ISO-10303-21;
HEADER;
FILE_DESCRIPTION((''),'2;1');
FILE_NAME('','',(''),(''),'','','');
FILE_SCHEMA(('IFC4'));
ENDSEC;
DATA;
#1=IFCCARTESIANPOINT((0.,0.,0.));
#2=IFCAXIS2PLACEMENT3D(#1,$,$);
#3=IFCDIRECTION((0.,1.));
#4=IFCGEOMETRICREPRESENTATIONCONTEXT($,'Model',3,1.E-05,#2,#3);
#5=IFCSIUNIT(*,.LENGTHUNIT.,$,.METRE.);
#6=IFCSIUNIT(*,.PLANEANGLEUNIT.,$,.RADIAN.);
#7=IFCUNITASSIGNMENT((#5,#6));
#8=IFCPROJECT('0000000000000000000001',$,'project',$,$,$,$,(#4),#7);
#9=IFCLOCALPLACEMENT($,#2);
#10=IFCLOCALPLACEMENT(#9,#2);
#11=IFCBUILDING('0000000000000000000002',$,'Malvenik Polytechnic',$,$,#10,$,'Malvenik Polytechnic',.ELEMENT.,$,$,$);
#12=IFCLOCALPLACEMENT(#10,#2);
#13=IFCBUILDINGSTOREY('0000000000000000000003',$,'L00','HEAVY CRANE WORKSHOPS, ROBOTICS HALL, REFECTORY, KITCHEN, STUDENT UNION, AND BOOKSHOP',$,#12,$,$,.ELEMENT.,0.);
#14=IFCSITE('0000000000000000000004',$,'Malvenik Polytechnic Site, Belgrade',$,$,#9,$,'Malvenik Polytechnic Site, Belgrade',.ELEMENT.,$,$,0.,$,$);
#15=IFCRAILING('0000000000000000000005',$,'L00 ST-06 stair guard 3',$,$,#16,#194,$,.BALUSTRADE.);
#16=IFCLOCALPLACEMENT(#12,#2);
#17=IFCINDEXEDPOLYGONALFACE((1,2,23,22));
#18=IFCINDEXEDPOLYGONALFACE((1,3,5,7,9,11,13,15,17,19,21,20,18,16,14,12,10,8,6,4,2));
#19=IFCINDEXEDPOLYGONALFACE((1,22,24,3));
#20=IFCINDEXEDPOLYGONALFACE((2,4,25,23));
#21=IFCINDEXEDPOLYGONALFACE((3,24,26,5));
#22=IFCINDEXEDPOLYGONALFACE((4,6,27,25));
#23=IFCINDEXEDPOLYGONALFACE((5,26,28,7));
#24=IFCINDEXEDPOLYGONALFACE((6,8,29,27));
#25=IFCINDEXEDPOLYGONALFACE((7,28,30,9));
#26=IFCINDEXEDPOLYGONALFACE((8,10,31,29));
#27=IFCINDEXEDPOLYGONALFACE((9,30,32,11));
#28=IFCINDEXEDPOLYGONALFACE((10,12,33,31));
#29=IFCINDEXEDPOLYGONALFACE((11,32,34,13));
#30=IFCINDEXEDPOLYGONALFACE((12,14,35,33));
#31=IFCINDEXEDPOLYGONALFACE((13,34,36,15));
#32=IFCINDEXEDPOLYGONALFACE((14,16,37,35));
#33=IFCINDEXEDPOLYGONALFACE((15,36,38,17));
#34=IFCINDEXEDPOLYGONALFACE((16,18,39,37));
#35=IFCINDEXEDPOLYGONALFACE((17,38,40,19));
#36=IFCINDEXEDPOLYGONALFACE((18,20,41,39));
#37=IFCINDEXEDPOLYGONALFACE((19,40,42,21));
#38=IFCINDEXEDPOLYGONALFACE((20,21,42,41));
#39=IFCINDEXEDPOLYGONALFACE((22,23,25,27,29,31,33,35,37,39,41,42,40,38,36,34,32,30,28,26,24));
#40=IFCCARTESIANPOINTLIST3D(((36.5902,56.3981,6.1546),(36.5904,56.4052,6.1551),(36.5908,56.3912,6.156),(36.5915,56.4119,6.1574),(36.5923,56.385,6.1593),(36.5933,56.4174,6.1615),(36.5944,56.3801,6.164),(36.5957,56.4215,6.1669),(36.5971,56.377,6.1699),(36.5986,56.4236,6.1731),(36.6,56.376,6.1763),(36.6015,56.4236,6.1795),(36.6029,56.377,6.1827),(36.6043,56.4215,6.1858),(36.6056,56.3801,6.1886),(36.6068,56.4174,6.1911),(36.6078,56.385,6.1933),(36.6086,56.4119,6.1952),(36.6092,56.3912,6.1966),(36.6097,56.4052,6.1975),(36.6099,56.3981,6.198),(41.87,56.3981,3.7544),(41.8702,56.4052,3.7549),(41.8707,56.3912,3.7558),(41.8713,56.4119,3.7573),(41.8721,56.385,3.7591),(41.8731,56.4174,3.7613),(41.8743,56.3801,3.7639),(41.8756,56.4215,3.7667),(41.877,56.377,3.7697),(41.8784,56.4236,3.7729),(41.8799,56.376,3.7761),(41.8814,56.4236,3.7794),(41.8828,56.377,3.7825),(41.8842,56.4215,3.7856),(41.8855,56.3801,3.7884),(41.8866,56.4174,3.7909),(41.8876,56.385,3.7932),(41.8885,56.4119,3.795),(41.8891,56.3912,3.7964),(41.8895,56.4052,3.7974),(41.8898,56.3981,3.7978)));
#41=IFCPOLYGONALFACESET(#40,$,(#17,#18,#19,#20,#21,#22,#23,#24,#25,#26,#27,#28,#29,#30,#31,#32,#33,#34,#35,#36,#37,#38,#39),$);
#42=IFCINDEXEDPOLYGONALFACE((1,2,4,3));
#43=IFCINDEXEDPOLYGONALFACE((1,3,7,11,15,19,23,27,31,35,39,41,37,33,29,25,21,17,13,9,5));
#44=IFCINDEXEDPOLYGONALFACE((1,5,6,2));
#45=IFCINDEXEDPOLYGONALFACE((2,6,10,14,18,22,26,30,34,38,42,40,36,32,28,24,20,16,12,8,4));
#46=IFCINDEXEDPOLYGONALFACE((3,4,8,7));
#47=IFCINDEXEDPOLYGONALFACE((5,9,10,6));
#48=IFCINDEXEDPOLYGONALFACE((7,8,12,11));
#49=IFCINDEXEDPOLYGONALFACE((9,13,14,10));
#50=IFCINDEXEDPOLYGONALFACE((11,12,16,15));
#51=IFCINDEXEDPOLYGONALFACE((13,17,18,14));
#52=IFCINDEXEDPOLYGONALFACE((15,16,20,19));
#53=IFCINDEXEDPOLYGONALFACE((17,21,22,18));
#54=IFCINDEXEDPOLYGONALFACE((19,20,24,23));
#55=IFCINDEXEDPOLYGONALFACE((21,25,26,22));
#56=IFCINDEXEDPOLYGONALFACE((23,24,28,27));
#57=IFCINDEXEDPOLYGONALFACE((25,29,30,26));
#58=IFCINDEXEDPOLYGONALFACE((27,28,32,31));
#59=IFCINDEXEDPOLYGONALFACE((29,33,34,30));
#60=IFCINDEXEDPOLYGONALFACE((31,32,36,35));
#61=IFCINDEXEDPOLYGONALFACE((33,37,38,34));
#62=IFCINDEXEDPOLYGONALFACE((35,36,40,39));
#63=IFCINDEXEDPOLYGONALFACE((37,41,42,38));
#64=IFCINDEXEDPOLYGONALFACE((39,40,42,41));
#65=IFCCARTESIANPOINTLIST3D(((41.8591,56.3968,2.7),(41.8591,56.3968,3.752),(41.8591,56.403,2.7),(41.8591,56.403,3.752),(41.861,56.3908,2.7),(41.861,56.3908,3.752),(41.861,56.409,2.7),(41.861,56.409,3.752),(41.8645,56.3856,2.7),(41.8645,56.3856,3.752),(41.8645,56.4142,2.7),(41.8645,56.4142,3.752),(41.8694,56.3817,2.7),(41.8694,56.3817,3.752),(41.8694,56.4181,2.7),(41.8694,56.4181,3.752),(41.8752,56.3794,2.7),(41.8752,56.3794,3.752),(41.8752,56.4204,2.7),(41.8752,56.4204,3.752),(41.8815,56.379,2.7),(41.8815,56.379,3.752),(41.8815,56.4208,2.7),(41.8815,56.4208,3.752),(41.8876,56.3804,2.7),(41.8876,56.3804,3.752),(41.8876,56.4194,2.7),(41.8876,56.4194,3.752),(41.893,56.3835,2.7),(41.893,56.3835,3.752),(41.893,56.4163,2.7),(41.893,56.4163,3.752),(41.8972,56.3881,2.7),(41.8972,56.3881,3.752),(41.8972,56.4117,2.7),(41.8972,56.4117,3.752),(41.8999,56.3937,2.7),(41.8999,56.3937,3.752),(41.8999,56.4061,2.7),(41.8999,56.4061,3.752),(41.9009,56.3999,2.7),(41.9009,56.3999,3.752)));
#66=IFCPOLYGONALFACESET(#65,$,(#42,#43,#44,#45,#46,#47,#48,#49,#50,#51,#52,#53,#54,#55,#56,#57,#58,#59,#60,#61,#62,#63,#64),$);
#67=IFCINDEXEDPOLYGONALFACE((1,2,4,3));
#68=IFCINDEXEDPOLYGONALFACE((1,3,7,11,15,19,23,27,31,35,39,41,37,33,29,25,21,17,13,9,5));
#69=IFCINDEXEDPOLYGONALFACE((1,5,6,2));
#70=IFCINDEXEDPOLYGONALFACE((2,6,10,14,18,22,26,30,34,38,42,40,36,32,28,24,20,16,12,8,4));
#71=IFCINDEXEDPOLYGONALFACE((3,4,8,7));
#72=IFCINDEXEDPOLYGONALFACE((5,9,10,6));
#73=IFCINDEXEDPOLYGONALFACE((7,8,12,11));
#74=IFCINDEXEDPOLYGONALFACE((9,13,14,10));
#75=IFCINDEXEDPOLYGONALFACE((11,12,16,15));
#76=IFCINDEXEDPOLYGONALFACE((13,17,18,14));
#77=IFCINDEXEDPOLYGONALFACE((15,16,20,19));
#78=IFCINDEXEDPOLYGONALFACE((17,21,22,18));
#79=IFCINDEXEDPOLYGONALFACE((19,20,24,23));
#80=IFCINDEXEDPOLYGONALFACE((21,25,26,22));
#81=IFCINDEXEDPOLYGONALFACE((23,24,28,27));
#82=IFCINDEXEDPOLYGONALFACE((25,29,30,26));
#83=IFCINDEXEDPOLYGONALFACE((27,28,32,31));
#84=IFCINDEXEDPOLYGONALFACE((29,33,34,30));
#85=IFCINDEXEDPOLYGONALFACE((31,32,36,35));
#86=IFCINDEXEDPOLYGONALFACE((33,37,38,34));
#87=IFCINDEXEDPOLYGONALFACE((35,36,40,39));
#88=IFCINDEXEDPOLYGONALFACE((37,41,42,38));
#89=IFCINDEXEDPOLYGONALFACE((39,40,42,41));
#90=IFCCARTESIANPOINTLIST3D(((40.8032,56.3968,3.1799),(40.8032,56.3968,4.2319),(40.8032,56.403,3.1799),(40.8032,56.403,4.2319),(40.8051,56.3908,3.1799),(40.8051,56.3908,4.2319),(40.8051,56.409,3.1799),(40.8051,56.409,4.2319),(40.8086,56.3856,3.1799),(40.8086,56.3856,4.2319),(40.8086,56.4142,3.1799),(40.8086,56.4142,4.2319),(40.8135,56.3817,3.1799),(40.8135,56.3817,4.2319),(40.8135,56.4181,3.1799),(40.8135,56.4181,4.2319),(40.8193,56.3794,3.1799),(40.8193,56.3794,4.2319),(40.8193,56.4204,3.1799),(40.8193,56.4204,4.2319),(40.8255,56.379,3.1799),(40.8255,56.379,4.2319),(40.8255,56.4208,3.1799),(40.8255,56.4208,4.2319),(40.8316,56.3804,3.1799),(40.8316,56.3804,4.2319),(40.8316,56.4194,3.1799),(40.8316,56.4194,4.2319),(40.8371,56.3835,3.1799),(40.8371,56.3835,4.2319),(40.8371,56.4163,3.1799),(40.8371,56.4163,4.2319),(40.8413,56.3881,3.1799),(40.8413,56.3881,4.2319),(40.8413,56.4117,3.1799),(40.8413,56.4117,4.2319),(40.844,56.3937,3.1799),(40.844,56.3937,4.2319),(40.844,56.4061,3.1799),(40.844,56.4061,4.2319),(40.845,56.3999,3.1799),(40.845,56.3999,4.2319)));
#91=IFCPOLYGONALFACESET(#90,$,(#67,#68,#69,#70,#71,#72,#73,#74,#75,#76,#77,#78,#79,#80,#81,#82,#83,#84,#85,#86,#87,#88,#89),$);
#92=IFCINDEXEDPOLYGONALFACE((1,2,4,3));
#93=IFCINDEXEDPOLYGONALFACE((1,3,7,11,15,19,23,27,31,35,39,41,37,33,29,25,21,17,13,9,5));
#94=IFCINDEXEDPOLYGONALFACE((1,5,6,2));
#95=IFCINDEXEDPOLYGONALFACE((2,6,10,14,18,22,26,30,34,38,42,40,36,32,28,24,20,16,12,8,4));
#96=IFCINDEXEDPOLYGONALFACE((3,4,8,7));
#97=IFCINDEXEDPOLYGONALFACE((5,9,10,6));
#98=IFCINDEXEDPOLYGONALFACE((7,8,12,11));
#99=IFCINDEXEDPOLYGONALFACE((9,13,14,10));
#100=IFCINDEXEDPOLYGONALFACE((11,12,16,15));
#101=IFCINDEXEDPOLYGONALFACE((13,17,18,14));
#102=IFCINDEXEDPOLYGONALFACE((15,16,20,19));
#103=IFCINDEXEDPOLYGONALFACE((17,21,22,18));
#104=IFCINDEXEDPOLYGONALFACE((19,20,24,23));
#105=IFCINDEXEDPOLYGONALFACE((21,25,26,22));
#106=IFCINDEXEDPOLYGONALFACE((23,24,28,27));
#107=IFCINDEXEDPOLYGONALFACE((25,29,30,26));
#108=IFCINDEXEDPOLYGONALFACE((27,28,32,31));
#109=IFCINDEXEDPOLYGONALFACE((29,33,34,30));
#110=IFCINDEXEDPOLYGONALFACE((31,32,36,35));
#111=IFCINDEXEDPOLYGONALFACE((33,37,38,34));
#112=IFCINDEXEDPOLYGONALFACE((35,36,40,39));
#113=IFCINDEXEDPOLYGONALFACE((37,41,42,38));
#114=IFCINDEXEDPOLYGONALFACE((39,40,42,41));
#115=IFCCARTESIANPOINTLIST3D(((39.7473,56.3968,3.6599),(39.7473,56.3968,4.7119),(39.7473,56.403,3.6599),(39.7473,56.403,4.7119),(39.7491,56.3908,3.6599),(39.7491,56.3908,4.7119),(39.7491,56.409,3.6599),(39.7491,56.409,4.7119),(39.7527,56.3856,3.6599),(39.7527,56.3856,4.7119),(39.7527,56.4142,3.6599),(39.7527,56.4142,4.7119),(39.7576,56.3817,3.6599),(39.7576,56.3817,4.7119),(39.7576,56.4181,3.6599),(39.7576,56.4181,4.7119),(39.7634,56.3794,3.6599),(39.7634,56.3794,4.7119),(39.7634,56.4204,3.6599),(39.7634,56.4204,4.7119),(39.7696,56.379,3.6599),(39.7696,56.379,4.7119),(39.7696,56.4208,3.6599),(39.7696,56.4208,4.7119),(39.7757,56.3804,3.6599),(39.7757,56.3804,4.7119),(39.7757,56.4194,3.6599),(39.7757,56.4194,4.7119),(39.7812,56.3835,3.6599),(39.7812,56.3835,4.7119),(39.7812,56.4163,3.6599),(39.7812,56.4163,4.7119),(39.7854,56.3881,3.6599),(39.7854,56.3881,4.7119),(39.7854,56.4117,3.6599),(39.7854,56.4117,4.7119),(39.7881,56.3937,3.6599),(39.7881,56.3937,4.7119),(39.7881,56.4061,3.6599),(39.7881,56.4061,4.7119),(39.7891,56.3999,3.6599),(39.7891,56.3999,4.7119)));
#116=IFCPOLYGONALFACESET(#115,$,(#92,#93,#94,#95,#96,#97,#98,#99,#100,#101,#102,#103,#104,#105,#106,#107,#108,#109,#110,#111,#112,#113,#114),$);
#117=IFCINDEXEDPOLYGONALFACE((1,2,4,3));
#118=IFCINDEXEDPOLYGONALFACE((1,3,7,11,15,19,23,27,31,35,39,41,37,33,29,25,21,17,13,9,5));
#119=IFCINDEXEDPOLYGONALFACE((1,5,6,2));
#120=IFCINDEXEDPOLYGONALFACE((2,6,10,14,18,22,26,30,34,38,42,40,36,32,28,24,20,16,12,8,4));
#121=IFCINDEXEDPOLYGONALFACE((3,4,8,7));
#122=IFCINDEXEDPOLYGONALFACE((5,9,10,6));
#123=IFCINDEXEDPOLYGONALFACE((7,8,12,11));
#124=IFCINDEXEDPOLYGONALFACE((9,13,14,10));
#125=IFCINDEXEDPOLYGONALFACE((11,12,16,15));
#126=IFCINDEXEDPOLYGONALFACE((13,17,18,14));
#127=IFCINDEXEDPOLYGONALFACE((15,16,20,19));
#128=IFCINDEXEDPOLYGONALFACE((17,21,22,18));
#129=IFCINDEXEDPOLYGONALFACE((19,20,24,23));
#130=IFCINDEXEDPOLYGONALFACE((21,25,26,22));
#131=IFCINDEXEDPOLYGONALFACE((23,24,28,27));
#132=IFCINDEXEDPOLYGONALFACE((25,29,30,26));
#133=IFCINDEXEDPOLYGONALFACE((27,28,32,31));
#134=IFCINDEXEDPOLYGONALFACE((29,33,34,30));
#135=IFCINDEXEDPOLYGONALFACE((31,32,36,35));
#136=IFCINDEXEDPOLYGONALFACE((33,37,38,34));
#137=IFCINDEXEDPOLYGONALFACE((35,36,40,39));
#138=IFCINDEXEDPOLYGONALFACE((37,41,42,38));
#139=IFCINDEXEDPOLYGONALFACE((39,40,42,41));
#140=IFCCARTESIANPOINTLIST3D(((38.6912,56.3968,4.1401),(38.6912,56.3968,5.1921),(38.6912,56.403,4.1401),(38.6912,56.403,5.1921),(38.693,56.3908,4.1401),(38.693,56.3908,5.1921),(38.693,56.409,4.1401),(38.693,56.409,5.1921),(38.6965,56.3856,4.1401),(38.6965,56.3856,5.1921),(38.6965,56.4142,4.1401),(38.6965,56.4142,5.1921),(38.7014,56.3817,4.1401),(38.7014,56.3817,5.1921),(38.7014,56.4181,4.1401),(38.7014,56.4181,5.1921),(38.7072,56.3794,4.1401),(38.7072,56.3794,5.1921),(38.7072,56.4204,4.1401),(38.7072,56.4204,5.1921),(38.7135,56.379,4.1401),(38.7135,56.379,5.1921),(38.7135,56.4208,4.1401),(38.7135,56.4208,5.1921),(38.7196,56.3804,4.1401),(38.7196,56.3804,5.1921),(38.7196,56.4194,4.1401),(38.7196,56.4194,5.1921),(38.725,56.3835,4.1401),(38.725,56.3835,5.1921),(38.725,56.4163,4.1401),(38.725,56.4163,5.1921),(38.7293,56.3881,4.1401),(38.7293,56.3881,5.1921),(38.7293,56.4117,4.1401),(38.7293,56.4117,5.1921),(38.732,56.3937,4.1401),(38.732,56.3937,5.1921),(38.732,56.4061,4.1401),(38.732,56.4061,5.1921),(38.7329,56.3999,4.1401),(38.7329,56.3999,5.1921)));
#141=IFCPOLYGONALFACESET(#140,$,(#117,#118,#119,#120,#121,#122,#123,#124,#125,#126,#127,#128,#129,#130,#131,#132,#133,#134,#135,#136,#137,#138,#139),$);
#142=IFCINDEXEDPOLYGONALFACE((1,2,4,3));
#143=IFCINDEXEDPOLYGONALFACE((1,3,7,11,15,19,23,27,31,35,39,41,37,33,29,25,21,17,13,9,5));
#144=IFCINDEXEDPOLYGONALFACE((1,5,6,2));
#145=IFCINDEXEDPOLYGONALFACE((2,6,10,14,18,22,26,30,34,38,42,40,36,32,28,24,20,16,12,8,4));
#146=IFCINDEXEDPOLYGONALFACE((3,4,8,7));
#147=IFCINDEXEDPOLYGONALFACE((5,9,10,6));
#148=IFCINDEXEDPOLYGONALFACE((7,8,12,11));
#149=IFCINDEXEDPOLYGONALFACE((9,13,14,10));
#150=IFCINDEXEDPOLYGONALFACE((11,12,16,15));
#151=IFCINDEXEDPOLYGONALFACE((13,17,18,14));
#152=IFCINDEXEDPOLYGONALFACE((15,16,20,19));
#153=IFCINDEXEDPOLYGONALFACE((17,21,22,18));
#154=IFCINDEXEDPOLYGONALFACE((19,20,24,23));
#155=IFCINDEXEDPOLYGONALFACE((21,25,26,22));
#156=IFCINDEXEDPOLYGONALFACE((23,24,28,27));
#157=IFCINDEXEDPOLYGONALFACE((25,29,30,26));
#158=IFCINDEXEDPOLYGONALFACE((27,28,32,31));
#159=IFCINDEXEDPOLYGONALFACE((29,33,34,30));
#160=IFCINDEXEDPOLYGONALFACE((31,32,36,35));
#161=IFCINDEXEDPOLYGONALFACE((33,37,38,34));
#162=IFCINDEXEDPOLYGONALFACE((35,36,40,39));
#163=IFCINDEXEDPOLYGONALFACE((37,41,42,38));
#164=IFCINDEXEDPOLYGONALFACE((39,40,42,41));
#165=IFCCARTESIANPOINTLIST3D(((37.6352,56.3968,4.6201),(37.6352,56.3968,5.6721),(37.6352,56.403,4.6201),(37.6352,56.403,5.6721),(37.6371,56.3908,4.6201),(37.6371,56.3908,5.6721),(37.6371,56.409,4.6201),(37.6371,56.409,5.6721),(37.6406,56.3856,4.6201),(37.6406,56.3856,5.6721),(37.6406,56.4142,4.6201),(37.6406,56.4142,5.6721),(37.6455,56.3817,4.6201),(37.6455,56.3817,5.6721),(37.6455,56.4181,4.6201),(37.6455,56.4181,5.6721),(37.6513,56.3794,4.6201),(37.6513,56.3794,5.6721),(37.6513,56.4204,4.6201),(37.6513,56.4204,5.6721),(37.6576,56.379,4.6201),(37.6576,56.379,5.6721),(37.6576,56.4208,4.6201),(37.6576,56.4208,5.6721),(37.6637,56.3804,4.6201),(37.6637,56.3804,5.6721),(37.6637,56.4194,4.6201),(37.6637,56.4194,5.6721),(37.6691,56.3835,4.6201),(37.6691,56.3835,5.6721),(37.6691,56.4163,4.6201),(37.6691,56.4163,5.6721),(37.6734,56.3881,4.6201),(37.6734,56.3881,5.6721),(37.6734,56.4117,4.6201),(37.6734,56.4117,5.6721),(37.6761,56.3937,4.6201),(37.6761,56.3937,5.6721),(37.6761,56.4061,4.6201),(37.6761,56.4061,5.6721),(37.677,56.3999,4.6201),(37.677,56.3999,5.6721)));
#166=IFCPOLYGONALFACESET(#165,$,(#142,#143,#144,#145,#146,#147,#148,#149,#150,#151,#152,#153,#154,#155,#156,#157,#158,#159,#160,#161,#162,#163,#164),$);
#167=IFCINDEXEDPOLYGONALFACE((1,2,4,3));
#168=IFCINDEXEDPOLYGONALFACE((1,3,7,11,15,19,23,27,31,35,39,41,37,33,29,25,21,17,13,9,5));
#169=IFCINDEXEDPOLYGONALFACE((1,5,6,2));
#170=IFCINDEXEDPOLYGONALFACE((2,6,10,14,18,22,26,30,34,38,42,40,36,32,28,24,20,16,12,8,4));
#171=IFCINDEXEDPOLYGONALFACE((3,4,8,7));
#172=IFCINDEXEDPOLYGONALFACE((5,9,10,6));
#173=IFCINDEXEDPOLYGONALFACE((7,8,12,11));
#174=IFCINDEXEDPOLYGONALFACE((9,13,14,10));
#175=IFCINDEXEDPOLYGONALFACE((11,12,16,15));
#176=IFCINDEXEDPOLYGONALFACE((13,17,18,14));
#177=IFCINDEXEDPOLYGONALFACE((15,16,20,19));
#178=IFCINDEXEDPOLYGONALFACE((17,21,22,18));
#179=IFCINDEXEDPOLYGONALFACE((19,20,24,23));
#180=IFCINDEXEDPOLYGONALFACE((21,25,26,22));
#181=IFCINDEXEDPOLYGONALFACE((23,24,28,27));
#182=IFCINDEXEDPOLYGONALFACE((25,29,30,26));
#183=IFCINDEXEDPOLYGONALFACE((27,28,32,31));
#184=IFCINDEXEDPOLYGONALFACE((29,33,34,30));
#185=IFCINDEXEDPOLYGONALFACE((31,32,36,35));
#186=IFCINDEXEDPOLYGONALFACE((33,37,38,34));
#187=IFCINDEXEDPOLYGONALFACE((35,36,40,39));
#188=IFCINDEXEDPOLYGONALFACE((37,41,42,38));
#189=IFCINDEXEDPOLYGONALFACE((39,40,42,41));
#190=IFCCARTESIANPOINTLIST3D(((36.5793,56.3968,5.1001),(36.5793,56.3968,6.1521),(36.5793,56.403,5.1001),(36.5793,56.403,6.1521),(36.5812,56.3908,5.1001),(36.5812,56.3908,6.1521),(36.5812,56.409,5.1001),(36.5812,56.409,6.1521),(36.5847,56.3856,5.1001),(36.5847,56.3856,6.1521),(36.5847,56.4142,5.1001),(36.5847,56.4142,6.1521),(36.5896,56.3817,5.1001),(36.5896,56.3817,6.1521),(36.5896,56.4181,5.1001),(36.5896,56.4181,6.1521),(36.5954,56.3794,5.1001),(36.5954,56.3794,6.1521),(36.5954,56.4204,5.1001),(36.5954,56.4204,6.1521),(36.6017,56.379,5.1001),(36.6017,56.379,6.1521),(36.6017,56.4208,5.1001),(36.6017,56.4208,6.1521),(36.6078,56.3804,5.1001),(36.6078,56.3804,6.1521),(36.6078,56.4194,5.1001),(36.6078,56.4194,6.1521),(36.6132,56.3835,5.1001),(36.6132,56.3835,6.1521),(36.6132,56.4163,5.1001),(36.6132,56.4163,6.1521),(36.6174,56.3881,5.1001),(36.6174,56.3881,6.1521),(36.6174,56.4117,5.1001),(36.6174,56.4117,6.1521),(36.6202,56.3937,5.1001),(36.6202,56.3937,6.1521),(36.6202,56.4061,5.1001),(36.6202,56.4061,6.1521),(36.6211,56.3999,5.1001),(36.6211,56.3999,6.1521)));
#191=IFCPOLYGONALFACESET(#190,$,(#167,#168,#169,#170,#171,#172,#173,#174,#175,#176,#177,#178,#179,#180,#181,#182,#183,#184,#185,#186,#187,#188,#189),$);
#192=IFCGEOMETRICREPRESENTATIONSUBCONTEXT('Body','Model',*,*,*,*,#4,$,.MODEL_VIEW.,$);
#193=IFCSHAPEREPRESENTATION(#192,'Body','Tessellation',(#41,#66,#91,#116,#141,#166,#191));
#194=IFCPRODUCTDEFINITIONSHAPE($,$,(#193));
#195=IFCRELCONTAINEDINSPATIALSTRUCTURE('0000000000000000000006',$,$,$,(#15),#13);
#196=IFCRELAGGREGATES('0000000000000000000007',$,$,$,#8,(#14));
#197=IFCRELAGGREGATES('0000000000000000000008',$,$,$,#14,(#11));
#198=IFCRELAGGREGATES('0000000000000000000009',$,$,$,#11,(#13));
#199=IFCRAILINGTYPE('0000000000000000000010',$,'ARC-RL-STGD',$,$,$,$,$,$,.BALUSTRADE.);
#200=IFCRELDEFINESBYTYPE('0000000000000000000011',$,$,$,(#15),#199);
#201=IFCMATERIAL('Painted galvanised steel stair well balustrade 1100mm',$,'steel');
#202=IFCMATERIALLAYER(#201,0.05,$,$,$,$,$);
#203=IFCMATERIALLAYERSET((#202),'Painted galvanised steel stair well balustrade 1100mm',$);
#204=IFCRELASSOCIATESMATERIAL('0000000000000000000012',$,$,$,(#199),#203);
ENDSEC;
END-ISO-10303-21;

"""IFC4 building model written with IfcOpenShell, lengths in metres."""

from ifc_helpers import new_model, si_unit, direction, frame, origin, origin_2d, place, context, subcontext, project, spatial, circle, extrude, material, layer, layer_set, type_object, element, save


model = new_model("IFC4")

# Units and contexts
model_context = context("Model", 3, precision=1e-05, world=origin(), true_north=direction((0.0, 1.0)))
body_context = subcontext(model_context, "Body", "Model", "MODEL_VIEW")
ifc_project = project(units=[si_unit("LENGTHUNIT", "METRE"), si_unit("PLANEANGLEUNIT", "RADIAN")], contexts=[model_context])

# Site, building, storey
site_placement = place(None, origin())
site = spatial("IfcSite", under=ifc_project, at=site_placement, Name="Malvenik Polytechnic Site, Belgrade", LongName="Malvenik Polytechnic Site, Belgrade", CompositionType="ELEMENT", RefElevation=0.0)
building_placement = place(site_placement, origin())
building = spatial("IfcBuilding", under=site, at=building_placement, Name="Malvenik Polytechnic", LongName="Malvenik Polytechnic", CompositionType="ELEMENT")
storey_placement = place(building_placement, origin())
storey = spatial("IfcBuildingStorey", under=building, at=storey_placement, Name="L00", Description="HEAVY CRANE WORKSHOPS, ROBOTICS HALL, REFECTORY, KITCHEN, STUDENT UNION, AND BOOKSHOP", CompositionType="ELEMENT", Elevation=0.0)

# Railing
ifc_material_1 = material(Name="Painted galvanised steel stair well balustrade 1100mm", Category="steel")
ifc_layer_1 = layer(ifc_material_1, 0.05)
ifc_layer_set_1 = layer_set([ifc_layer_1], Name="Painted galvanised steel stair well balustrade 1100mm")
railing_type_1 = type_object("IfcRailingType", Name="ARC-RL-STGD", PredefinedType="BALUSTRADE", material=ifc_layer_set_1)
railing_1_placement = place(storey_placement, frame((41.8799, 56.3999, 2.7)))
element("IfcRailing", 1, at=railing_1_placement, inside=storey, type_object=railing_type_1, Name="L00 ST-06 stair guard 3", PredefinedType="BALUSTRADE", context=body_context, shape_type="SweptSolid", body=[
    extrude(circle(Radius=0.0239, at=origin_2d()), frame((0.0, 0.0, 1.0762), z_axis=(-0.910351, 0.0, 0.413838), x_axis=(0.0, -1.0, 0.0)), (0.0, 0.0, 1.0), 5.7998),
    extrude(circle(Radius=0.021, at=origin_2d()), origin(), (0.0, 0.0, 1.0), 1.052),
    extrude(circle(Radius=0.021, at=origin_2d()), frame((-1.0559, 0.0, 0.48)), (0.0, 0.0, 1.0), 1.052),
    extrude(circle(Radius=0.021, at=origin_2d()), frame((-2.1118, 0.0, 0.96)), (0.0, 0.0, 1.0), 1.052),
    extrude(circle(Radius=0.021, at=origin_2d()), frame((-3.168, 0.0, 1.4402)), (0.0, 0.0, 1.0), 1.052),
    extrude(circle(Radius=0.021, at=origin_2d()), frame((-4.2239, 0.0, 1.9202)), (0.0, 0.0, 1.0), 1.052),
    extrude(circle(Radius=0.021, at=origin_2d()), frame((-5.2798, 0.0, 2.4001)), (0.0, 0.0, 1.0), 1.052),
])

save(model, "model.ifc")
